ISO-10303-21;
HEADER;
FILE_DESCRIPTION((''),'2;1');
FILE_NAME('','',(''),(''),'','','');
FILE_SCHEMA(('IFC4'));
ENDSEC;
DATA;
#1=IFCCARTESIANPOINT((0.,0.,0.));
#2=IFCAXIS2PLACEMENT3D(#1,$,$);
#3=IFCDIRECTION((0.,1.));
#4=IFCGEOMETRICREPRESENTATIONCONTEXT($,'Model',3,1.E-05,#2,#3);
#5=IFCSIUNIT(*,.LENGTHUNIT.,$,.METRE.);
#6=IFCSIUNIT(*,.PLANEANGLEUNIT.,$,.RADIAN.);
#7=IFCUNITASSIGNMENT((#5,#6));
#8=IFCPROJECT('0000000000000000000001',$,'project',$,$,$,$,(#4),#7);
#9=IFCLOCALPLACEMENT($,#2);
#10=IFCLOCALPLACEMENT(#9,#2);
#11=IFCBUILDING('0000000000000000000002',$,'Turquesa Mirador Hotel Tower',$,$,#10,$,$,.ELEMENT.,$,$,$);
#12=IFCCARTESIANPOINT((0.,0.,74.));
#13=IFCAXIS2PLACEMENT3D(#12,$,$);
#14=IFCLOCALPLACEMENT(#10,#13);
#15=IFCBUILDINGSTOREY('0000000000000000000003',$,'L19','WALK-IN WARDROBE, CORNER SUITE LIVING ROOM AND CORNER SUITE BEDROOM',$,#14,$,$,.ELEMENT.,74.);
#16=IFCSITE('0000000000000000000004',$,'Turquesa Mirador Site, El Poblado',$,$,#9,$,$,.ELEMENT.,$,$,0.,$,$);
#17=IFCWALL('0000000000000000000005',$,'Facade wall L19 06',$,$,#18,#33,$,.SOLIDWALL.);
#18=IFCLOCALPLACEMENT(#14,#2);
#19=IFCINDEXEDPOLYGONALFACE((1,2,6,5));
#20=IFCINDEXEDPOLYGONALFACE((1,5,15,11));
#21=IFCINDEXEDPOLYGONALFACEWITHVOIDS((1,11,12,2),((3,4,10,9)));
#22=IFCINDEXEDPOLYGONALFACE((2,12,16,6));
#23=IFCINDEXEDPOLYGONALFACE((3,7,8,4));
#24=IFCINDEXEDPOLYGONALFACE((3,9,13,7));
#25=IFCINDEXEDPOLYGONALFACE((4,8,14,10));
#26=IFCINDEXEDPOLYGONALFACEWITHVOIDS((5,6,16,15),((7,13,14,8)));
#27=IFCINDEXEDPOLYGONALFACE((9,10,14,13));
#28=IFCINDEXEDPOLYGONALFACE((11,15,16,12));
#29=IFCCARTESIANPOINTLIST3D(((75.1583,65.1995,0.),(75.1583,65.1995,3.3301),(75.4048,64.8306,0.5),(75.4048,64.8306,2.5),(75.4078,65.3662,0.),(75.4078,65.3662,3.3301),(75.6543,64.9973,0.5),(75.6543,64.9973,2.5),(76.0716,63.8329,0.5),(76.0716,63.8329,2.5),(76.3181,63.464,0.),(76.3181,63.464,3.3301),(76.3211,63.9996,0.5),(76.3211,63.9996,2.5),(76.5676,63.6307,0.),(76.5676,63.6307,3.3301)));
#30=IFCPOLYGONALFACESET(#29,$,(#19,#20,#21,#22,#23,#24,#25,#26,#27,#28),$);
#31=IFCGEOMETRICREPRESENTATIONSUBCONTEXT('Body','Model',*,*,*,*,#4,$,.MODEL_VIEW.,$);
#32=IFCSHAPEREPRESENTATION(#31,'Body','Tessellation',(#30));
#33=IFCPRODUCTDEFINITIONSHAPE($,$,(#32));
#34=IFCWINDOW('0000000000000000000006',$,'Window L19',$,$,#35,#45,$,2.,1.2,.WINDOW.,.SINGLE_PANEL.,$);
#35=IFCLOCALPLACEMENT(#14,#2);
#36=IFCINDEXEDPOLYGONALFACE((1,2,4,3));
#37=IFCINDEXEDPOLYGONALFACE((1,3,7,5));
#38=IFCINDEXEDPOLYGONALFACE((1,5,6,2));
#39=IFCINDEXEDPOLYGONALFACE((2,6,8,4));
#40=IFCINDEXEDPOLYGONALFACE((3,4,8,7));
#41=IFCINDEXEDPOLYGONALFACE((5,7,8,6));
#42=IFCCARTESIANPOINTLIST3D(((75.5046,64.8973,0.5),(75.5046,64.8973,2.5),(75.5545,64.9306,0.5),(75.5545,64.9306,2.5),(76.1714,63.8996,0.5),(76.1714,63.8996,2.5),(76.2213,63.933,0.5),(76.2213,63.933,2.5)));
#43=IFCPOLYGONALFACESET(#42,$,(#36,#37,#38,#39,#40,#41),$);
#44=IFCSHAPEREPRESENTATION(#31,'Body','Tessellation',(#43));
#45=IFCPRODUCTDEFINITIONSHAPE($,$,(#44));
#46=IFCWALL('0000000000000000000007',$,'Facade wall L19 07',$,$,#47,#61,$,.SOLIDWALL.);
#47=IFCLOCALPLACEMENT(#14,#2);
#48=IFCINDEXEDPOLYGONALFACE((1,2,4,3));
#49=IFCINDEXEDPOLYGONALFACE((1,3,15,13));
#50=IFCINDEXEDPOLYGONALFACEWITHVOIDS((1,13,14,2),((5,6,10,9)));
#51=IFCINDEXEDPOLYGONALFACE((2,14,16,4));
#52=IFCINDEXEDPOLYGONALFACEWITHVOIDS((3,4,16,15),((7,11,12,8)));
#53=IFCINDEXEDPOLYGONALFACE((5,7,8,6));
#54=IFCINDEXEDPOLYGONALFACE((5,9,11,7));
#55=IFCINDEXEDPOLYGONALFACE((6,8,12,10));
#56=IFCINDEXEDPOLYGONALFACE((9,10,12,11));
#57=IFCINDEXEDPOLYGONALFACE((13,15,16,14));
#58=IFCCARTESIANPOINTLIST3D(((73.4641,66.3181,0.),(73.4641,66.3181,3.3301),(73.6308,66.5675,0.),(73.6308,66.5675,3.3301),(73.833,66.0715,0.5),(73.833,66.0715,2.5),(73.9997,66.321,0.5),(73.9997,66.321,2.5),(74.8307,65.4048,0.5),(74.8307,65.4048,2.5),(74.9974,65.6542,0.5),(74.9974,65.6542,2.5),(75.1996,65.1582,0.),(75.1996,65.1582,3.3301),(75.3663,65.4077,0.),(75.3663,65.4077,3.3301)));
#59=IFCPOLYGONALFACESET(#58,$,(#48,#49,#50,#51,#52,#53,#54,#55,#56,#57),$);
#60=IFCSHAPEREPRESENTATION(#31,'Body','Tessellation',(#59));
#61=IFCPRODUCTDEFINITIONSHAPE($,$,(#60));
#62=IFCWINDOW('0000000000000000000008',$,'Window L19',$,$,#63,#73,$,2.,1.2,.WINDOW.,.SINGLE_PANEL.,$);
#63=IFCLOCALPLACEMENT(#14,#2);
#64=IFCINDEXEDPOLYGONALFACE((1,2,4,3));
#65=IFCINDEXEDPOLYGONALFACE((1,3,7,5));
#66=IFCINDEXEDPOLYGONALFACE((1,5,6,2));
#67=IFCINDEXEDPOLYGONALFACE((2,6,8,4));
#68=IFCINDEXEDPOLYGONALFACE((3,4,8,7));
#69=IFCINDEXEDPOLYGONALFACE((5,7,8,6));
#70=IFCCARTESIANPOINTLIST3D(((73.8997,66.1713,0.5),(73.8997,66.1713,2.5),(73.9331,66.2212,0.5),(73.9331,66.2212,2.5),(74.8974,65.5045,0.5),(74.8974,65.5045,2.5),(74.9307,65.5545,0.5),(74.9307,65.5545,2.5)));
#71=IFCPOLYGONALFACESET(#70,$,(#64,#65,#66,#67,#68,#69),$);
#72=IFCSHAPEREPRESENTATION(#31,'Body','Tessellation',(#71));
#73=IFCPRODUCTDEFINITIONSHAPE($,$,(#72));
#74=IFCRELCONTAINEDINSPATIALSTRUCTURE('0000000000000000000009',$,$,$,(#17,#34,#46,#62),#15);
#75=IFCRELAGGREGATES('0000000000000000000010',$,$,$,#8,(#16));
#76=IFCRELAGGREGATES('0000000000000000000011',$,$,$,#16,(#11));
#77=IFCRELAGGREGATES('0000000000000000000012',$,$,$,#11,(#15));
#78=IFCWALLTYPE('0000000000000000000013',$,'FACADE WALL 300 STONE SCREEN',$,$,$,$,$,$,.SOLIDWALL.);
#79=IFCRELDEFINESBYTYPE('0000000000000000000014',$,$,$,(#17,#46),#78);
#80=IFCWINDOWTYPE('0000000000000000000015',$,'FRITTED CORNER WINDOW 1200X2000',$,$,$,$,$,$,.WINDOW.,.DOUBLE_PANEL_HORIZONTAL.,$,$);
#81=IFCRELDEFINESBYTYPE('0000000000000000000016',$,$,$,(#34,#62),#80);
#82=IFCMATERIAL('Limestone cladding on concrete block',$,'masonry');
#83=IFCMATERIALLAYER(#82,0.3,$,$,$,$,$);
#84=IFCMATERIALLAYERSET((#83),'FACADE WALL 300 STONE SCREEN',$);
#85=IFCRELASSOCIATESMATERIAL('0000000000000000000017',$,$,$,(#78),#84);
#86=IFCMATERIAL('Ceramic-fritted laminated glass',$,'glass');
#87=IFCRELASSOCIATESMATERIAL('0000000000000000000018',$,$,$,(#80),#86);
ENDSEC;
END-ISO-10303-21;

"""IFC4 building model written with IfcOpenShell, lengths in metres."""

from ifc_helpers import new_model, si_unit, direction, frame, frame_2d, origin, place, context, subcontext, project, spatial, rectangle, extrude, material, layer, layer_set, type_object, element, fill, save


model = new_model("IFC4")

# Units and contexts
model_context = context("Model", 3, precision=1e-05, world=origin(), true_north=direction((0.0, 1.0)))
body_context = subcontext(model_context, "Body", "Model", "MODEL_VIEW")
ifc_project = project(units=[si_unit("LENGTHUNIT", "METRE"), si_unit("PLANEANGLEUNIT", "RADIAN")], contexts=[model_context])

# Site, building, storey
site_placement = place(None, origin())
site = spatial("IfcSite", under=ifc_project, at=site_placement, Name="Turquesa Mirador Site, El Poblado", CompositionType="ELEMENT", RefElevation=0.0)
building_placement = place(site_placement, origin())
building = spatial("IfcBuilding", under=site, at=building_placement, Name="Turquesa Mirador Hotel Tower", CompositionType="ELEMENT")
storey_placement = place(building_placement, frame((0.0, 0.0, 74.0)))
storey = spatial("IfcBuildingStorey", under=building, at=storey_placement, Name="L19", Description="WALK-IN WARDROBE, CORNER SUITE LIVING ROOM AND CORNER SUITE BEDROOM", CompositionType="ELEMENT", Elevation=74.0)

# Walls, openings, windows
ifc_material_1 = material(Name="Limestone cladding on concrete block", Category="masonry")
ifc_layer = layer(ifc_material_1, 0.3)
ifc_layer_set = layer_set([ifc_layer], Name="FACADE WALL 300 STONE SCREEN")
wall_type = type_object("IfcWallType", Name="FACADE WALL 300 STONE SCREEN", PredefinedType="SOLIDWALL", material=ifc_layer_set)
ifc_material_2 = material(Name="Ceramic-fritted laminated glass", Category="glass")
window_type = type_object("IfcWindowType", Name="FRITTED CORNER WINDOW 1200X2000", PartitioningType="DOUBLE_PANEL_HORIZONTAL", PredefinedType="WINDOW", material=ifc_material_2)
wall_1_placement = place(storey_placement, frame((76.4429, 63.5474, 0.0), z_axis=(0.0, 0.0, 1.0), x_axis=(-0.555644, 0.83142, 0.0)))
wall_1 = element("IfcWall", 1, at=wall_1_placement, inside=storey, type_object=wall_type, Name="Facade wall L19 06", PredefinedType="SOLIDWALL", context=body_context, shape_type="SweptSolid", body=[
    extrude(rectangle(XDim=2.0874, YDim=0.3, at=frame_2d((1.0437, 0.0))), origin(), (0.0, 0.0, 1.0), 3.3301),
])
opening_1_placement = place(wall_1_placement, frame((0.4436, 0.0, 0.5)))
opening_1 = element("IfcOpeningElement", 2, at=opening_1_placement, cuts=wall_1, PredefinedType="OPENING", context=body_context, shape_type="SweptSolid", body=[
    extrude(rectangle(XDim=1.2, YDim=2.0, at=frame_2d((0.6001, 1.0))), frame((0.0, 0.1599, 0.0), z_axis=(0.0, -1.0, 0.0), x_axis=(1.0, 0.0, 0.0)), (0.0, 0.0, 1.0), 0.3201),
])
window_1_placement = place(opening_1_placement, origin())
window_1 = element("IfcWindow", 3, at=window_1_placement, inside=storey, type_object=window_type, Name="Window L19", OverallHeight=2.0, OverallWidth=1.2, PartitioningType="SINGLE_PANEL", PredefinedType="WINDOW", context=body_context, shape_type="SweptSolid", body=[
    extrude(rectangle(XDim=1.2, YDim=2.0, at=frame_2d((0.6001, 1.0))), frame((0.0, 0.03, 0.0), z_axis=(0.0, -1.0, 0.0), x_axis=(1.0, 0.0, 0.0)), (0.0, 0.0, 1.0), 0.0601),
])
fill(opening_1, window_1)
wall_2_placement = place(storey_placement, frame((75.283, 65.283, 0.0), z_axis=(0.0, 0.0, 1.0), x_axis=(-0.83142, 0.555644, 0.0)))
wall_2 = element("IfcWall", 4, at=wall_2_placement, inside=storey, type_object=wall_type, Name="Facade wall L19 07", PredefinedType="SOLIDWALL", context=body_context, shape_type="SweptSolid", body=[
    extrude(rectangle(XDim=2.0874, YDim=0.3, at=frame_2d((1.0437, 0.0))), origin(), (0.0, 0.0, 1.0), 3.3301),
])
opening_2_placement = place(wall_2_placement, frame((0.4436, 0.0, 0.5)))
opening_2 = element("IfcOpeningElement", 5, at=opening_2_placement, cuts=wall_2, PredefinedType="OPENING", context=body_context, shape_type="SweptSolid", body=[
    extrude(rectangle(XDim=1.2, YDim=2.0, at=frame_2d((0.6001, 1.0))), frame((0.0, 0.1599, 0.0), z_axis=(0.0, -1.0, 0.0), x_axis=(1.0, 0.0, 0.0)), (0.0, 0.0, 1.0), 0.3201),
])
window_2_placement = place(opening_2_placement, origin())
window_2 = element("IfcWindow", 6, at=window_2_placement, inside=storey, type_object=window_type, Name="Window L19", OverallHeight=2.0, OverallWidth=1.2, PartitioningType="SINGLE_PANEL", PredefinedType="WINDOW", context=body_context, shape_type="SweptSolid", body=[
    extrude(rectangle(XDim=1.2, YDim=2.0, at=frame_2d((0.6001, 1.0))), frame((0.0, 0.03, 0.0), z_axis=(0.0, -1.0, 0.0), x_axis=(1.0, 0.0, 0.0)), (0.0, 0.0, 1.0), 0.0601),
])
fill(opening_2, window_2)

save(model, "model.ifc")
